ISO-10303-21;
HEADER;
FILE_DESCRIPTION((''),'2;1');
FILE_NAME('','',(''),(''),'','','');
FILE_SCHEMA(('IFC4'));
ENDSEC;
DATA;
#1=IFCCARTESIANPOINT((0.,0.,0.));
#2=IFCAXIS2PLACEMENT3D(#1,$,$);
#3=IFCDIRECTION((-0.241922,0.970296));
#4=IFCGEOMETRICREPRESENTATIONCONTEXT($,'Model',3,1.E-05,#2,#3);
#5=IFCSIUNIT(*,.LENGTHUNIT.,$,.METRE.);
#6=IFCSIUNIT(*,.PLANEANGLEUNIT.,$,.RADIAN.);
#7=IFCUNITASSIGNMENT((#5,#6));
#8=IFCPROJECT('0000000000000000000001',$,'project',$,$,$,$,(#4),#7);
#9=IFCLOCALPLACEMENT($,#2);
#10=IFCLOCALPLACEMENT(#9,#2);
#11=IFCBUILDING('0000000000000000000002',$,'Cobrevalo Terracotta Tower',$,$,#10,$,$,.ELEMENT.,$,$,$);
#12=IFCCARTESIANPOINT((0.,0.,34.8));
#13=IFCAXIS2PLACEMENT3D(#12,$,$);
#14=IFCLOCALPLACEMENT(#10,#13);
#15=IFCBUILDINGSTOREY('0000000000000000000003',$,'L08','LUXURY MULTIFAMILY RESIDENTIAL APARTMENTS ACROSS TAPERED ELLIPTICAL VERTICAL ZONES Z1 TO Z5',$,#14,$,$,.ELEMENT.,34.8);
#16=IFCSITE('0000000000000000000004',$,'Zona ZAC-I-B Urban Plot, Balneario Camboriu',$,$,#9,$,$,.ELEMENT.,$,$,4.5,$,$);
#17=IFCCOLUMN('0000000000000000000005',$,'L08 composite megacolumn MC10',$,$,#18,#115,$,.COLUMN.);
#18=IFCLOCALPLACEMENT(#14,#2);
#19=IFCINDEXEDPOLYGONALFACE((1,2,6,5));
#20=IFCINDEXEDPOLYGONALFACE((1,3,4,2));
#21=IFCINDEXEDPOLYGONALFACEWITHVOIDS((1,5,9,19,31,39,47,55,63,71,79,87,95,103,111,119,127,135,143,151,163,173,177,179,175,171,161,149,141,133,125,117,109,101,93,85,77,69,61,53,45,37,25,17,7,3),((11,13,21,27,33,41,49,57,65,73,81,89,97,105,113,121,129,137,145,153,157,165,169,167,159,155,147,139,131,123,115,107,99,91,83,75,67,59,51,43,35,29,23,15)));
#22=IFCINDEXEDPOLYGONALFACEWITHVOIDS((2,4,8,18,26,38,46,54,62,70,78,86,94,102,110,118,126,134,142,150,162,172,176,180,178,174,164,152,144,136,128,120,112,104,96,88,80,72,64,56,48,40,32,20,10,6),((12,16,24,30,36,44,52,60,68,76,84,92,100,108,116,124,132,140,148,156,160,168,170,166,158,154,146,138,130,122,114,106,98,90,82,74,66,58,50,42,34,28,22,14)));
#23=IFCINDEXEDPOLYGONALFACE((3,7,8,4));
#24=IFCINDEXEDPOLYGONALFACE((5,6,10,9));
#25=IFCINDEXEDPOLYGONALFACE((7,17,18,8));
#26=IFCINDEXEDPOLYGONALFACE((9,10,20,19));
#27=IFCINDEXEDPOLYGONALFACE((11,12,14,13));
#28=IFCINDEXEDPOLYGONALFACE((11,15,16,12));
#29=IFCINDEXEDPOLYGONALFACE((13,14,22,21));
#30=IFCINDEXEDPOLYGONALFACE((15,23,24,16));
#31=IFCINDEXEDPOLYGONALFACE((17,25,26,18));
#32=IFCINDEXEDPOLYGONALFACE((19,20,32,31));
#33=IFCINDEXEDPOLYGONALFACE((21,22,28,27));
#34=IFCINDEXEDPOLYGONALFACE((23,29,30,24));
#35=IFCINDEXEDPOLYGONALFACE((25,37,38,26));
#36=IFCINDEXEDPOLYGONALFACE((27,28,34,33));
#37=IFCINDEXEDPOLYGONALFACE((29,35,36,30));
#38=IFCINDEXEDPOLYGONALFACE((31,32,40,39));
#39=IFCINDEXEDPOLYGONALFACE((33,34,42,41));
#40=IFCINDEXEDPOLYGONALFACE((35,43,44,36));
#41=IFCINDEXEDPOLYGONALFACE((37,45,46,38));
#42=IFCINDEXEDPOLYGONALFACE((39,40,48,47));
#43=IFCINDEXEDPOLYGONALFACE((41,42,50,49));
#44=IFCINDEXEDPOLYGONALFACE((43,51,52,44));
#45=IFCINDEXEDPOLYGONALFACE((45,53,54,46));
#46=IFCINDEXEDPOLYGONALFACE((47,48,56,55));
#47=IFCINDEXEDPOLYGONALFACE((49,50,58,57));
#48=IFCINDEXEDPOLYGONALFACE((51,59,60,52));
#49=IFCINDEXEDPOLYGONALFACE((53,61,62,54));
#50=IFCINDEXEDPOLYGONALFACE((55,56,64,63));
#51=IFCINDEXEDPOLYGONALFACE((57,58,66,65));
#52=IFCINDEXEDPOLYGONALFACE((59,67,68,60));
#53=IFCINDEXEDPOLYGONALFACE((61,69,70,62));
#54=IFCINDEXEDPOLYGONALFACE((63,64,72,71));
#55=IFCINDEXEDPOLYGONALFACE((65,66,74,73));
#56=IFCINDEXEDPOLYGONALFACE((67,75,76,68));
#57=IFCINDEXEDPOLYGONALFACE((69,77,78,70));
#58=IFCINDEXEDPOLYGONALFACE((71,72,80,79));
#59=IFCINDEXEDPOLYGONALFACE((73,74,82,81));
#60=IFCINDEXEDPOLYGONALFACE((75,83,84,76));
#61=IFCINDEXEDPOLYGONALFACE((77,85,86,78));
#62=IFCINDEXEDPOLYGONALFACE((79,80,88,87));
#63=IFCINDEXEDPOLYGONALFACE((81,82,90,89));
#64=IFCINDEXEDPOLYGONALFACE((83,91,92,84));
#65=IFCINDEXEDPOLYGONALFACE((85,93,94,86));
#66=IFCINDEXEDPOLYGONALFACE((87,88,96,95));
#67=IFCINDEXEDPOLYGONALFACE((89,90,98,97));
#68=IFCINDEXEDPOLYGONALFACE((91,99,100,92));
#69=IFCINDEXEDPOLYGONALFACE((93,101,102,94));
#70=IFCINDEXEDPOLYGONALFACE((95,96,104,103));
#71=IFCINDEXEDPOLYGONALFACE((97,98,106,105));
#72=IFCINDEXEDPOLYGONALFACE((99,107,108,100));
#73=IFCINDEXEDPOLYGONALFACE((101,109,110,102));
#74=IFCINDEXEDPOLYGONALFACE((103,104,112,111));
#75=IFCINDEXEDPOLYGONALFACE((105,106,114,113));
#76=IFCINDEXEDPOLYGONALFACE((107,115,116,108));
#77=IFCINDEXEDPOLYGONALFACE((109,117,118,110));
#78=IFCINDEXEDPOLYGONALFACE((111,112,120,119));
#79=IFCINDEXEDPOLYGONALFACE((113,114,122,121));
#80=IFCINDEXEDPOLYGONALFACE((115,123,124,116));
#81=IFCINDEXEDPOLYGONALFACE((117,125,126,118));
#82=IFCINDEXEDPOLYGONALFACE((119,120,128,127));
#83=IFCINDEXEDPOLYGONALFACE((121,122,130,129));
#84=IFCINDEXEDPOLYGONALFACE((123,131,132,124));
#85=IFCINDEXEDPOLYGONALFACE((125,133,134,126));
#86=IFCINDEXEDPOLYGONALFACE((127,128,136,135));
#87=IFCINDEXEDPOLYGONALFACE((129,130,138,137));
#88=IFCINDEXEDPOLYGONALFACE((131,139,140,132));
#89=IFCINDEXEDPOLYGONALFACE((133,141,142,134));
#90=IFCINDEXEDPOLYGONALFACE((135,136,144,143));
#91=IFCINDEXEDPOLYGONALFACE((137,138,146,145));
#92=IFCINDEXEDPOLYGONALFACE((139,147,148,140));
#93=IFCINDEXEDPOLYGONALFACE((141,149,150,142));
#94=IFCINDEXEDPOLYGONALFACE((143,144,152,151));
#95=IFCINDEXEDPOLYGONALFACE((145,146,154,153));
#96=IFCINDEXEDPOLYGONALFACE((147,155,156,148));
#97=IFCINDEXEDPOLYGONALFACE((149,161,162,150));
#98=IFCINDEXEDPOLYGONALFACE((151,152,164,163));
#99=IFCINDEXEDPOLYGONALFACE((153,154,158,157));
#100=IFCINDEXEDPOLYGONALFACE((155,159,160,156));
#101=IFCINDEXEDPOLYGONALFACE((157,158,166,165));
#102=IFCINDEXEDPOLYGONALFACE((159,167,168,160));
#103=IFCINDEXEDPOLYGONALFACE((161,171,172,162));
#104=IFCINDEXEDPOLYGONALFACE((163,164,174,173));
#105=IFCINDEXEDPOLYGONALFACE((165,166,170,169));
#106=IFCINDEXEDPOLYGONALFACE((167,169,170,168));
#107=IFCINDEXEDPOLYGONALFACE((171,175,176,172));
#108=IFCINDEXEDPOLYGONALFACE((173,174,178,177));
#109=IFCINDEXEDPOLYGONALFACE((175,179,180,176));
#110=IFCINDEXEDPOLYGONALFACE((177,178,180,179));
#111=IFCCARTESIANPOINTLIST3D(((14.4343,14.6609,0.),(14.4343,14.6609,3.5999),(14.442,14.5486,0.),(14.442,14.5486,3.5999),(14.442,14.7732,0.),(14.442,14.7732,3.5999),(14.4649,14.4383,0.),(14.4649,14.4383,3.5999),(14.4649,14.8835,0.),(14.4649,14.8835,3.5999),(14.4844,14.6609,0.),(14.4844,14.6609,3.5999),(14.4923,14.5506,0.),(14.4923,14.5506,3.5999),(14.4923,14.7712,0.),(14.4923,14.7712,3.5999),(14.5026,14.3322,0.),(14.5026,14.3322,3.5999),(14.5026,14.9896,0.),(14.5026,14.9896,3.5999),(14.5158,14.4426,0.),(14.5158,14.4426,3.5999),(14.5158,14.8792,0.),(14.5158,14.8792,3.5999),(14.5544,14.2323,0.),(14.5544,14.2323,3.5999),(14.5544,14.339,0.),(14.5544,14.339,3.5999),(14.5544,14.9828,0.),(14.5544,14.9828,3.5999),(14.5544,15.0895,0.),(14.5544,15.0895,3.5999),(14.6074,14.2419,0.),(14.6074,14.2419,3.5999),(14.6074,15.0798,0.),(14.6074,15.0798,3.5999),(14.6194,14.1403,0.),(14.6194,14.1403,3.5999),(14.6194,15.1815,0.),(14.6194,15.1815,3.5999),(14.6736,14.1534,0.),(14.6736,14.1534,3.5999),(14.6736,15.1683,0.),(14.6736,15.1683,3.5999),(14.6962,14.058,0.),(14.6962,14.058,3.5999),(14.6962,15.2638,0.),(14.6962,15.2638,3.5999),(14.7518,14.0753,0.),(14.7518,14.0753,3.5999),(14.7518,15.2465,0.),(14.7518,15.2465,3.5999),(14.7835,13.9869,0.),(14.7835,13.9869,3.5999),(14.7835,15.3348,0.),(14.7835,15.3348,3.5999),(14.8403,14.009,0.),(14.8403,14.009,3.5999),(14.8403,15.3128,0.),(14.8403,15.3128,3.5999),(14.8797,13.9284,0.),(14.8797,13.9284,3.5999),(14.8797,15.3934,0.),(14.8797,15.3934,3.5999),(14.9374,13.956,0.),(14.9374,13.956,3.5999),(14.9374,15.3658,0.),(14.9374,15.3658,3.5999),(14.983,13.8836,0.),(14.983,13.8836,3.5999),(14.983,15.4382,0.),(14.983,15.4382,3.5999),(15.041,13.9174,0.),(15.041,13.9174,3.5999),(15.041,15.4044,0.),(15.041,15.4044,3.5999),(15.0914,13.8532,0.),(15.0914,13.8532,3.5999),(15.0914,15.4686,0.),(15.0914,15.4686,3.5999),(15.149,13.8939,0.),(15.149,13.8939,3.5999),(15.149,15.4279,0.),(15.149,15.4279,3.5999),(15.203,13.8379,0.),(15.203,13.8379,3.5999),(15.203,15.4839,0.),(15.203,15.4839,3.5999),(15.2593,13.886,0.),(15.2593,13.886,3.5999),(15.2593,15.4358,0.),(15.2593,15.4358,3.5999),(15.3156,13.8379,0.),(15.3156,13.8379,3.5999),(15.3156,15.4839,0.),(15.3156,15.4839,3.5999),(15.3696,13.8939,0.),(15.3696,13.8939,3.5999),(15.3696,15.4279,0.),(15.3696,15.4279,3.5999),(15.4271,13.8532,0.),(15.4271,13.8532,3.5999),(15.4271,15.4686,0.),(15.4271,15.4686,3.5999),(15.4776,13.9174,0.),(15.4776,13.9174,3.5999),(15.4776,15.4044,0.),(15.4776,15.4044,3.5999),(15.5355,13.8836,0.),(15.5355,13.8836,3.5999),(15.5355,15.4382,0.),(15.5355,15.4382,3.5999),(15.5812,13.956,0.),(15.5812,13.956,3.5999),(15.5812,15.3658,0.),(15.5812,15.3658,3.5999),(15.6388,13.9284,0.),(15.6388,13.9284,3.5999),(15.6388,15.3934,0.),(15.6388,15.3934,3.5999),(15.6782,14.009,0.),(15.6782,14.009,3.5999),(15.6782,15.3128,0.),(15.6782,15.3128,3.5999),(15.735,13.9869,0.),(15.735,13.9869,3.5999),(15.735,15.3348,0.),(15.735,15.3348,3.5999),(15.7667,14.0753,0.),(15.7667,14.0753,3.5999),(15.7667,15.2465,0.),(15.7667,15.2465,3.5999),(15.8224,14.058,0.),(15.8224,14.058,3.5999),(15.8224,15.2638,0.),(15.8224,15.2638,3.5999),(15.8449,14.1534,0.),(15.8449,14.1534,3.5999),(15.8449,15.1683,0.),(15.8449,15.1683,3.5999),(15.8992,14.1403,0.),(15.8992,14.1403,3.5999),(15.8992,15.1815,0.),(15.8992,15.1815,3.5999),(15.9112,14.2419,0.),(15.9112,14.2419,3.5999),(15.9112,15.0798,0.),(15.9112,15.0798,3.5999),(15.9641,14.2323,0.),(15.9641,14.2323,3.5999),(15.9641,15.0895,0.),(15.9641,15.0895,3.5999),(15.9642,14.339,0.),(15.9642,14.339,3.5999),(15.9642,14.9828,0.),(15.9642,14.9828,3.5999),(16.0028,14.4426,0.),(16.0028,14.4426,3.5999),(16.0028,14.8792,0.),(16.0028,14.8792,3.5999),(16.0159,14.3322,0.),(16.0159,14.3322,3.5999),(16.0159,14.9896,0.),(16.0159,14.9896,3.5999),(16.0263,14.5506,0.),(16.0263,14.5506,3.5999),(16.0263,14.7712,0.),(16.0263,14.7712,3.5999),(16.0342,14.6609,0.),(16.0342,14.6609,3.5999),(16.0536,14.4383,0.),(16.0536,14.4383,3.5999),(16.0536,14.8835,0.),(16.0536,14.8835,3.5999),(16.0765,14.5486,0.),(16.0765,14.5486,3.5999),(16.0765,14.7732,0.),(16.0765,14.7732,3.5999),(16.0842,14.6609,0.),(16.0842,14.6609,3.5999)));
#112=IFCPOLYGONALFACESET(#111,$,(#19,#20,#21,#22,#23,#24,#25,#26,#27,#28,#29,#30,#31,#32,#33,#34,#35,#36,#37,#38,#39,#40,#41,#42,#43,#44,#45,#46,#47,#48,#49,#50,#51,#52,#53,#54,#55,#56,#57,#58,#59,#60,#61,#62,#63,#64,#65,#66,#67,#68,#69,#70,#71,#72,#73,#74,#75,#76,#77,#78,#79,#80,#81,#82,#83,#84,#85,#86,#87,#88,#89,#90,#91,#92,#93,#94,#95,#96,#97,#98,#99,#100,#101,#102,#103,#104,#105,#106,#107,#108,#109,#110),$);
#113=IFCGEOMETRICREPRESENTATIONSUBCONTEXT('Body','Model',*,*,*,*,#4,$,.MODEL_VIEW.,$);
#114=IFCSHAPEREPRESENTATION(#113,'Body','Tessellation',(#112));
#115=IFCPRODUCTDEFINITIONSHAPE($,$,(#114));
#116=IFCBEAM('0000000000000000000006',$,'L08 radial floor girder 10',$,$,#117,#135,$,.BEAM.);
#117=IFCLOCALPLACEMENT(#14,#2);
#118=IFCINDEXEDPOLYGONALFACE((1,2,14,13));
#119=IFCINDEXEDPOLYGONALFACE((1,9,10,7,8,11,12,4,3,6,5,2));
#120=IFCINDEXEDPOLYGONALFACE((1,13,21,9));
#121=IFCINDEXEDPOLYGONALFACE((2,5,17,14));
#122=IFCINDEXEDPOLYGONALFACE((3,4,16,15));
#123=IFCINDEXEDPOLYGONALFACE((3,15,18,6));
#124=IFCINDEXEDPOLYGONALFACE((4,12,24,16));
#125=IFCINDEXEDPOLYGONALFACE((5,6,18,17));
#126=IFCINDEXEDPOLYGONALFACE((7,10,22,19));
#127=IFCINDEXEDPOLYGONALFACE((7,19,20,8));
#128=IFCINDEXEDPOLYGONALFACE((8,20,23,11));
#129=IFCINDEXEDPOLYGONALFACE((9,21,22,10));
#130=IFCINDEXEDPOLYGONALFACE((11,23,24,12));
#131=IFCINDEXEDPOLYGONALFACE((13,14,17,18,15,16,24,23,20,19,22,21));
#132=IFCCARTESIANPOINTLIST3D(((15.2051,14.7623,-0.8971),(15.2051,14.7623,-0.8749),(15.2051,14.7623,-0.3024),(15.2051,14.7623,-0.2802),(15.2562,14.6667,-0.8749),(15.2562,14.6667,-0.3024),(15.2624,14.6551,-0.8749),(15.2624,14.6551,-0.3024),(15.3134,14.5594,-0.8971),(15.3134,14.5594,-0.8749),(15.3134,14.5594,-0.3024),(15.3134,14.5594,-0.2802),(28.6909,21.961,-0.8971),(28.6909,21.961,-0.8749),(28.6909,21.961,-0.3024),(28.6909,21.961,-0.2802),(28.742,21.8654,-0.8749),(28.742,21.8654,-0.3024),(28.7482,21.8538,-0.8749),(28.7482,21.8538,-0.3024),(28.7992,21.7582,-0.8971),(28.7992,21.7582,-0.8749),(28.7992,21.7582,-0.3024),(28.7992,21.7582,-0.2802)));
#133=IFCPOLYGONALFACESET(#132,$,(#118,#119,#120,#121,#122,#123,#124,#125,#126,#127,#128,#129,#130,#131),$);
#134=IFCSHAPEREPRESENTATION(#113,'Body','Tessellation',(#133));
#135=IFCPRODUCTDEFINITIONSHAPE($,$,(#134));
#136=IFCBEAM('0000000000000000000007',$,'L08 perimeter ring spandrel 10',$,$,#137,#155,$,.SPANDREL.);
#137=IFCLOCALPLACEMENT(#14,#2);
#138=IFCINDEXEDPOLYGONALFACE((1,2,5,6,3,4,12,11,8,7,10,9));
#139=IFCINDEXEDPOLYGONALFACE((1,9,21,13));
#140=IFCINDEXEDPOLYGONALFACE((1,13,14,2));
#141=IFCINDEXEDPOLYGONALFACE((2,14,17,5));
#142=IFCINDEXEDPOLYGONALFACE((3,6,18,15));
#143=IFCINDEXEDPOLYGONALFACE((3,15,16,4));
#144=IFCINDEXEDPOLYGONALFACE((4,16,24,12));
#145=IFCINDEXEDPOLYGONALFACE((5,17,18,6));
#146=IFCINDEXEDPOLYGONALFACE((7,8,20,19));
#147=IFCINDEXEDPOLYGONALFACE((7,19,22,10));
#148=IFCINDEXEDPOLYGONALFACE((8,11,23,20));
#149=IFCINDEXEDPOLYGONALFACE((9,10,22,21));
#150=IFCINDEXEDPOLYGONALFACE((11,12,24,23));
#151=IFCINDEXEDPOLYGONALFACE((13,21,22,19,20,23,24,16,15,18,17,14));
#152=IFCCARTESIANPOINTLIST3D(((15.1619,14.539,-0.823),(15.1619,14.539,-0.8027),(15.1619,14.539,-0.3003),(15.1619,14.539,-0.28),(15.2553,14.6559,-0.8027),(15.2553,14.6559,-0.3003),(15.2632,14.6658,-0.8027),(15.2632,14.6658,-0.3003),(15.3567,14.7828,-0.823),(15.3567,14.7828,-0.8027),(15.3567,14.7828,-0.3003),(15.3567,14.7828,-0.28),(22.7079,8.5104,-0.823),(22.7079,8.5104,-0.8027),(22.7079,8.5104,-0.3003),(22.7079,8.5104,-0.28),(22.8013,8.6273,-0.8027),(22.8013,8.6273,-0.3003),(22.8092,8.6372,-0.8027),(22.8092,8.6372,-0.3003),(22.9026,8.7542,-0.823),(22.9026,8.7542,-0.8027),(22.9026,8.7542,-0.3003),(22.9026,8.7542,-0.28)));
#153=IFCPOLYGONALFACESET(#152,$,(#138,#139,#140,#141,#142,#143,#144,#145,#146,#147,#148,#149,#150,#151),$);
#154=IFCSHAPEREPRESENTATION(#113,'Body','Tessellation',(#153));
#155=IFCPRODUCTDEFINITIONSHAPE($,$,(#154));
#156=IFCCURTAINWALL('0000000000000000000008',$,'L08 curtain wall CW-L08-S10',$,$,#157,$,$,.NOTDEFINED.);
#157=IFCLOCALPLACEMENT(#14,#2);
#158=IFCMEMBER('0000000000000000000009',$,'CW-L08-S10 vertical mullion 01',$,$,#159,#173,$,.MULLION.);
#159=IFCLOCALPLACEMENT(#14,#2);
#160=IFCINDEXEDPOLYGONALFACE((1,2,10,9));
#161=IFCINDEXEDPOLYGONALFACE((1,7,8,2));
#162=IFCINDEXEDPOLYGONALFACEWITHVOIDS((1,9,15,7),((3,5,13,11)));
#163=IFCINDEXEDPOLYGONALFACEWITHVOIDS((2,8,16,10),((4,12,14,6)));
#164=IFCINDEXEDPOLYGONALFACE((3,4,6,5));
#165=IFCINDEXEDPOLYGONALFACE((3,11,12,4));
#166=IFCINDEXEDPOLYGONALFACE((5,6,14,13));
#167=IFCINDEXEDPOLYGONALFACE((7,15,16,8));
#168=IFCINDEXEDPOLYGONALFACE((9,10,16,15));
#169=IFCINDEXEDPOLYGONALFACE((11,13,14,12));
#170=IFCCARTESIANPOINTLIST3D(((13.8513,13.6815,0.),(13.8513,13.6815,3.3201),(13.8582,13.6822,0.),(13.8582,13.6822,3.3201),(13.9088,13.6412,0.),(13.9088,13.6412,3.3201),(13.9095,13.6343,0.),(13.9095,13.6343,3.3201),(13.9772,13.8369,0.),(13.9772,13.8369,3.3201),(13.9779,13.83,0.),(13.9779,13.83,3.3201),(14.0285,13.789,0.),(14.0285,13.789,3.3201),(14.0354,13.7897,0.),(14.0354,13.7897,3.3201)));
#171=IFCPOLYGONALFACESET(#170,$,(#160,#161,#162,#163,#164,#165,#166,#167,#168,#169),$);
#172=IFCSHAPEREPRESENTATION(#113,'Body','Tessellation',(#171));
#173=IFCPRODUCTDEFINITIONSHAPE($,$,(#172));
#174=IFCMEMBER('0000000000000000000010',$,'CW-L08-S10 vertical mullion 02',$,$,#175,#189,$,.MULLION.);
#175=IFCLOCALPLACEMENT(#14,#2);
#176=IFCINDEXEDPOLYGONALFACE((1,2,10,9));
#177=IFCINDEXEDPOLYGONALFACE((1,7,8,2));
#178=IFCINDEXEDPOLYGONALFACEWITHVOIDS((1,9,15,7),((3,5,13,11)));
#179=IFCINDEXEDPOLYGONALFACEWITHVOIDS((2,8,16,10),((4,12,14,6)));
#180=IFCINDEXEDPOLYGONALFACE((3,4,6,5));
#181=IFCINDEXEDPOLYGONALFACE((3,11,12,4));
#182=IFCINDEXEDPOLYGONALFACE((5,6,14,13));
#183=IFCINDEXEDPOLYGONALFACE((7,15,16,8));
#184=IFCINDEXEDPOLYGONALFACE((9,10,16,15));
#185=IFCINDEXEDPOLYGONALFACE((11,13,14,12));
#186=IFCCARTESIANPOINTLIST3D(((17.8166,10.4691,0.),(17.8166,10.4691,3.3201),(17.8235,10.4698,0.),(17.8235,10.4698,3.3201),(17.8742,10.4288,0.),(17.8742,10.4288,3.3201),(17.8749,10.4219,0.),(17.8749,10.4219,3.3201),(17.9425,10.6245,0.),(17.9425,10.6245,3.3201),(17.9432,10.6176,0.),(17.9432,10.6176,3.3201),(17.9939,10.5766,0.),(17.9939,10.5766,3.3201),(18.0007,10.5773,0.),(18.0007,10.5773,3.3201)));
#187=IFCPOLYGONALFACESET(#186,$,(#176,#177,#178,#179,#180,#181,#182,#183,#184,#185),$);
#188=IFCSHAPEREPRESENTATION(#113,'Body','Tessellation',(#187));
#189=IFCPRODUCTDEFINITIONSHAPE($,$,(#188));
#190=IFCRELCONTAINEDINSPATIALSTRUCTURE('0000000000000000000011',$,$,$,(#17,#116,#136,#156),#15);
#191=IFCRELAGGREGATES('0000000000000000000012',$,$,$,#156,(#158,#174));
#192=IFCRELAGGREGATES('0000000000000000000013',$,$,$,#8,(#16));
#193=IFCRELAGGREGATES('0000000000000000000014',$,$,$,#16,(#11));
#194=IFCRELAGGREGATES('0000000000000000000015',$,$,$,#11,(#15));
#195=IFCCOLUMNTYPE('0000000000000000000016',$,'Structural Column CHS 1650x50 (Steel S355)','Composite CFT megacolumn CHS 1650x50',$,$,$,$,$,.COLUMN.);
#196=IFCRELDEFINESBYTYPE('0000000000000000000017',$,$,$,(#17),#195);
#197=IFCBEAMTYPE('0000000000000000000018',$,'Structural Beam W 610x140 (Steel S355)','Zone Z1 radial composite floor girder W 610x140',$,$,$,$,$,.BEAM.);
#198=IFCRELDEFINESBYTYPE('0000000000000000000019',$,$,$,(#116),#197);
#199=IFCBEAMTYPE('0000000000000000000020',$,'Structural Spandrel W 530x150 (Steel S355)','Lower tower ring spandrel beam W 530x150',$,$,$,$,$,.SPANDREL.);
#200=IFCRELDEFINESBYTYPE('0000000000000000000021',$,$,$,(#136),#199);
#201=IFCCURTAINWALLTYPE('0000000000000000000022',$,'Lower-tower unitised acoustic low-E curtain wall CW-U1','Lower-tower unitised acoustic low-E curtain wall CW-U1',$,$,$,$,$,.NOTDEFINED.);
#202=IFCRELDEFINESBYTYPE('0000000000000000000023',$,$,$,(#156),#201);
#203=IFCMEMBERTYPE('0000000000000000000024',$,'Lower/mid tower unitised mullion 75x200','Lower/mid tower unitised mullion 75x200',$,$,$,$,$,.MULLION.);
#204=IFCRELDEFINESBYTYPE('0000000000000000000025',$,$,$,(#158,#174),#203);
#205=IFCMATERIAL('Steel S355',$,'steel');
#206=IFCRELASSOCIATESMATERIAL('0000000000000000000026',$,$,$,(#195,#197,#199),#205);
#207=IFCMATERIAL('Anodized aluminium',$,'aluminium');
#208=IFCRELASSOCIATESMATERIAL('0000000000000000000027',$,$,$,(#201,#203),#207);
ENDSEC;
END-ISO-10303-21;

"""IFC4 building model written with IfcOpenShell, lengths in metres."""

from ifc_helpers import new_model, si_unit, direction, frame, origin, origin_2d, place, context, subcontext, project, spatial, hollow_rectangle, hollow_circle, i_section, extrude, source, transform, mapped, material, material_profile, profile_set, type_object, element, aggregate, save


model = new_model("IFC4")

# Units and contexts
model_context = context("Model", 3, precision=1e-05, world=origin(), true_north=direction((-0.241922, 0.970296)))
body_context = subcontext(model_context, "Body", "Model", "MODEL_VIEW")
ifc_project = project(units=[si_unit("LENGTHUNIT", "METRE"), si_unit("PLANEANGLEUNIT", "RADIAN")], contexts=[model_context])

# Site, building, storey
site_placement = place(None, origin())
site = spatial("IfcSite", under=ifc_project, at=site_placement, Name="Zona ZAC-I-B Urban Plot, Balneario Camboriu", CompositionType="ELEMENT", RefElevation=4.5)
building_placement = place(site_placement, origin())
building = spatial("IfcBuilding", under=site, at=building_placement, Name="Cobrevalo Terracotta Tower", CompositionType="ELEMENT")
storey_placement = place(building_placement, frame((0.0, 0.0, 34.8)))
storey = spatial("IfcBuildingStorey", under=building, at=storey_placement, Name="L08", Description="LUXURY MULTIFAMILY RESIDENTIAL APARTMENTS ACROSS TAPERED ELLIPTICAL VERTICAL ZONES Z1 TO Z5", CompositionType="ELEMENT", Elevation=34.8)

# Column
ifc_material_1 = material(Name="Steel S355", Category="steel")
ifc_material_profile_1 = material_profile(ifc_material_1, hollow_circle(Radius=0.825, WallThickness=0.05, at=origin_2d()), Name="CHS 1650x50")
ifc_profile_set_1 = profile_set([ifc_material_profile_1], Name="Steel S355")
column_type = type_object("IfcColumnType", Name="Structural Column CHS 1650x50 (Steel S355)", Description="Composite CFT megacolumn CHS 1650x50", PredefinedType="COLUMN", material=ifc_profile_set_1)
for number, where, z_axis, x_axis, name in (
    (1, (15.2593, 14.6609, 0.0), (0.0, 0.0, 1.0), (1.0, 0.0, 0.0), "L08 composite megacolumn MC10"),
):
    element("IfcColumn", number, at=place(storey_placement, frame(where, z_axis=z_axis, x_axis=x_axis)), inside=storey, type_object=column_type, Name=name, PredefinedType="COLUMN", context=body_context, shape_type="SweptSolid", body=[
        extrude(hollow_circle(Radius=0.825, WallThickness=0.05, at=origin_2d()), origin(), (0.0, 0.0, 1.0), 3.5999),
    ])

# Beams
ifc_material_profile_2 = material_profile(ifc_material_1, i_section(OverallWidth=0.23, OverallDepth=0.6169, WebThickness=0.0132, FlangeThickness=0.0222, at=origin_2d()), Name="W 610x140")
ifc_profile_set_2 = profile_set([ifc_material_profile_2], Name="Steel S355")
beam_type_1 = type_object("IfcBeamType", Name="Structural Beam W 610x140 (Steel S355)", Description="Zone Z1 radial composite floor girder W 610x140", PredefinedType="BEAM", material=ifc_profile_set_2)
beam_1_placement = place(storey_placement, frame((15.2593, 14.6609, -0.5886), z_axis=(0.882182, 0.470908, 0.0), x_axis=(-0.470908, 0.882182, 0.0)))
element("IfcBeam", 2, at=beam_1_placement, inside=storey, type_object=beam_type_1, Name="L08 radial floor girder 10", PredefinedType="BEAM", context=body_context, shape_type="SweptSolid", body=[
    extrude(i_section(OverallWidth=0.23, OverallDepth=0.6169, WebThickness=0.0132, FlangeThickness=0.0222, at=origin_2d()), origin(), (0.0, 0.0, 1.0), 15.2869),
])
ifc_material_profile_3 = material_profile(ifc_material_1, i_section(OverallWidth=0.312, OverallDepth=0.543, WebThickness=0.0127, FlangeThickness=0.0203, at=origin_2d()), Name="W 530x150")
ifc_profile_set_3 = profile_set([ifc_material_profile_3], Name="Steel S355")
beam_type_2 = type_object("IfcBeamType", Name="Structural Spandrel W 530x150 (Steel S355)", Description="Lower tower ring spandrel beam W 530x150", PredefinedType="SPANDREL", material=ifc_profile_set_3)
beam_2_placement = place(storey_placement, frame((15.2593, 14.6609, -0.5515), z_axis=(0.78128, -0.62418, 0.0), x_axis=(0.62418, 0.78128, 0.0)))
element("IfcBeam", 3, at=beam_2_placement, inside=storey, type_object=beam_type_2, Name="L08 perimeter ring spandrel 10", PredefinedType="SPANDREL", context=body_context, shape_type="SweptSolid", body=[
    extrude(i_section(OverallWidth=0.312, OverallDepth=0.543, WebThickness=0.0127, FlangeThickness=0.0203, at=origin_2d()), origin(), (0.0, 0.0, 1.0), 9.6584),
])

# Curtain wall, members
ifc_material_2 = material(Name="Anodized aluminium", Category="aluminium")
curtain_wall_type = type_object("IfcCurtainWallType", Name="Lower-tower unitised acoustic low-E curtain wall CW-U1", Description="Lower-tower unitised acoustic low-E curtain wall CW-U1", PredefinedType="NOTDEFINED", material=ifc_material_2)
curtain_wall_placement = place(storey_placement, origin())
curtain_wall = element("IfcCurtainWall", 4, at=curtain_wall_placement, inside=storey, type_object=curtain_wall_type, Name="L08 curtain wall CW-L08-S10", PredefinedType="NOTDEFINED")
ifc_material_profile_4 = material_profile(ifc_material_2, hollow_rectangle(XDim=0.075, YDim=0.2, WallThickness=0.0049, at=origin_2d()), Name="CWM 75x200")
ifc_profile_set_4 = profile_set([ifc_material_profile_4], Name="Anodized aluminium")
member_type_1 = type_object("IfcMemberType", Name="Lower/mid tower unitised mullion 75x200", Description="Lower/mid tower unitised mullion 75x200", PredefinedType="MULLION", material=ifc_profile_set_4)
shared_shape_1 = source(origin(), body_context, "Body", "SweptSolid", [
    extrude(hollow_rectangle(XDim=0.075, YDim=0.2, WallThickness=0.0049, at=origin_2d()), origin(), (0.0, 0.0, 1.0), 3.3201),
])
member_1_placement = place(storey_placement, frame((13.9434, 13.7356, 0.0), z_axis=(0.0, 0.0, 1.0), x_axis=(0.777003, -0.629497, 0.0)))
member_1 = element("IfcMember", 5, at=member_1_placement, type_object=member_type_1, Name="CW-L08-S10 vertical mullion 01", PredefinedType="MULLION", context=body_context, shape_type="MappedRepresentation", body=[
    mapped(shared_shape_1, transform((0.0, 0.0, 0.0), scale=1.0)),
])
member_2_placement = place(storey_placement, frame((17.9087, 10.5232, 0.0), z_axis=(0.0, 0.0, 1.0), x_axis=(0.777003, -0.629497, 0.0)))
member_2 = element("IfcMember", 6, at=member_2_placement, type_object=member_type_1, Name="CW-L08-S10 vertical mullion 02", PredefinedType="MULLION", context=body_context, shape_type="MappedRepresentation", body=[
    mapped(shared_shape_1, transform((0.0, 0.0, 0.0), scale=1.0)),
])

aggregate(curtain_wall, [member_1, member_2])

save(model, "model.ifc")
